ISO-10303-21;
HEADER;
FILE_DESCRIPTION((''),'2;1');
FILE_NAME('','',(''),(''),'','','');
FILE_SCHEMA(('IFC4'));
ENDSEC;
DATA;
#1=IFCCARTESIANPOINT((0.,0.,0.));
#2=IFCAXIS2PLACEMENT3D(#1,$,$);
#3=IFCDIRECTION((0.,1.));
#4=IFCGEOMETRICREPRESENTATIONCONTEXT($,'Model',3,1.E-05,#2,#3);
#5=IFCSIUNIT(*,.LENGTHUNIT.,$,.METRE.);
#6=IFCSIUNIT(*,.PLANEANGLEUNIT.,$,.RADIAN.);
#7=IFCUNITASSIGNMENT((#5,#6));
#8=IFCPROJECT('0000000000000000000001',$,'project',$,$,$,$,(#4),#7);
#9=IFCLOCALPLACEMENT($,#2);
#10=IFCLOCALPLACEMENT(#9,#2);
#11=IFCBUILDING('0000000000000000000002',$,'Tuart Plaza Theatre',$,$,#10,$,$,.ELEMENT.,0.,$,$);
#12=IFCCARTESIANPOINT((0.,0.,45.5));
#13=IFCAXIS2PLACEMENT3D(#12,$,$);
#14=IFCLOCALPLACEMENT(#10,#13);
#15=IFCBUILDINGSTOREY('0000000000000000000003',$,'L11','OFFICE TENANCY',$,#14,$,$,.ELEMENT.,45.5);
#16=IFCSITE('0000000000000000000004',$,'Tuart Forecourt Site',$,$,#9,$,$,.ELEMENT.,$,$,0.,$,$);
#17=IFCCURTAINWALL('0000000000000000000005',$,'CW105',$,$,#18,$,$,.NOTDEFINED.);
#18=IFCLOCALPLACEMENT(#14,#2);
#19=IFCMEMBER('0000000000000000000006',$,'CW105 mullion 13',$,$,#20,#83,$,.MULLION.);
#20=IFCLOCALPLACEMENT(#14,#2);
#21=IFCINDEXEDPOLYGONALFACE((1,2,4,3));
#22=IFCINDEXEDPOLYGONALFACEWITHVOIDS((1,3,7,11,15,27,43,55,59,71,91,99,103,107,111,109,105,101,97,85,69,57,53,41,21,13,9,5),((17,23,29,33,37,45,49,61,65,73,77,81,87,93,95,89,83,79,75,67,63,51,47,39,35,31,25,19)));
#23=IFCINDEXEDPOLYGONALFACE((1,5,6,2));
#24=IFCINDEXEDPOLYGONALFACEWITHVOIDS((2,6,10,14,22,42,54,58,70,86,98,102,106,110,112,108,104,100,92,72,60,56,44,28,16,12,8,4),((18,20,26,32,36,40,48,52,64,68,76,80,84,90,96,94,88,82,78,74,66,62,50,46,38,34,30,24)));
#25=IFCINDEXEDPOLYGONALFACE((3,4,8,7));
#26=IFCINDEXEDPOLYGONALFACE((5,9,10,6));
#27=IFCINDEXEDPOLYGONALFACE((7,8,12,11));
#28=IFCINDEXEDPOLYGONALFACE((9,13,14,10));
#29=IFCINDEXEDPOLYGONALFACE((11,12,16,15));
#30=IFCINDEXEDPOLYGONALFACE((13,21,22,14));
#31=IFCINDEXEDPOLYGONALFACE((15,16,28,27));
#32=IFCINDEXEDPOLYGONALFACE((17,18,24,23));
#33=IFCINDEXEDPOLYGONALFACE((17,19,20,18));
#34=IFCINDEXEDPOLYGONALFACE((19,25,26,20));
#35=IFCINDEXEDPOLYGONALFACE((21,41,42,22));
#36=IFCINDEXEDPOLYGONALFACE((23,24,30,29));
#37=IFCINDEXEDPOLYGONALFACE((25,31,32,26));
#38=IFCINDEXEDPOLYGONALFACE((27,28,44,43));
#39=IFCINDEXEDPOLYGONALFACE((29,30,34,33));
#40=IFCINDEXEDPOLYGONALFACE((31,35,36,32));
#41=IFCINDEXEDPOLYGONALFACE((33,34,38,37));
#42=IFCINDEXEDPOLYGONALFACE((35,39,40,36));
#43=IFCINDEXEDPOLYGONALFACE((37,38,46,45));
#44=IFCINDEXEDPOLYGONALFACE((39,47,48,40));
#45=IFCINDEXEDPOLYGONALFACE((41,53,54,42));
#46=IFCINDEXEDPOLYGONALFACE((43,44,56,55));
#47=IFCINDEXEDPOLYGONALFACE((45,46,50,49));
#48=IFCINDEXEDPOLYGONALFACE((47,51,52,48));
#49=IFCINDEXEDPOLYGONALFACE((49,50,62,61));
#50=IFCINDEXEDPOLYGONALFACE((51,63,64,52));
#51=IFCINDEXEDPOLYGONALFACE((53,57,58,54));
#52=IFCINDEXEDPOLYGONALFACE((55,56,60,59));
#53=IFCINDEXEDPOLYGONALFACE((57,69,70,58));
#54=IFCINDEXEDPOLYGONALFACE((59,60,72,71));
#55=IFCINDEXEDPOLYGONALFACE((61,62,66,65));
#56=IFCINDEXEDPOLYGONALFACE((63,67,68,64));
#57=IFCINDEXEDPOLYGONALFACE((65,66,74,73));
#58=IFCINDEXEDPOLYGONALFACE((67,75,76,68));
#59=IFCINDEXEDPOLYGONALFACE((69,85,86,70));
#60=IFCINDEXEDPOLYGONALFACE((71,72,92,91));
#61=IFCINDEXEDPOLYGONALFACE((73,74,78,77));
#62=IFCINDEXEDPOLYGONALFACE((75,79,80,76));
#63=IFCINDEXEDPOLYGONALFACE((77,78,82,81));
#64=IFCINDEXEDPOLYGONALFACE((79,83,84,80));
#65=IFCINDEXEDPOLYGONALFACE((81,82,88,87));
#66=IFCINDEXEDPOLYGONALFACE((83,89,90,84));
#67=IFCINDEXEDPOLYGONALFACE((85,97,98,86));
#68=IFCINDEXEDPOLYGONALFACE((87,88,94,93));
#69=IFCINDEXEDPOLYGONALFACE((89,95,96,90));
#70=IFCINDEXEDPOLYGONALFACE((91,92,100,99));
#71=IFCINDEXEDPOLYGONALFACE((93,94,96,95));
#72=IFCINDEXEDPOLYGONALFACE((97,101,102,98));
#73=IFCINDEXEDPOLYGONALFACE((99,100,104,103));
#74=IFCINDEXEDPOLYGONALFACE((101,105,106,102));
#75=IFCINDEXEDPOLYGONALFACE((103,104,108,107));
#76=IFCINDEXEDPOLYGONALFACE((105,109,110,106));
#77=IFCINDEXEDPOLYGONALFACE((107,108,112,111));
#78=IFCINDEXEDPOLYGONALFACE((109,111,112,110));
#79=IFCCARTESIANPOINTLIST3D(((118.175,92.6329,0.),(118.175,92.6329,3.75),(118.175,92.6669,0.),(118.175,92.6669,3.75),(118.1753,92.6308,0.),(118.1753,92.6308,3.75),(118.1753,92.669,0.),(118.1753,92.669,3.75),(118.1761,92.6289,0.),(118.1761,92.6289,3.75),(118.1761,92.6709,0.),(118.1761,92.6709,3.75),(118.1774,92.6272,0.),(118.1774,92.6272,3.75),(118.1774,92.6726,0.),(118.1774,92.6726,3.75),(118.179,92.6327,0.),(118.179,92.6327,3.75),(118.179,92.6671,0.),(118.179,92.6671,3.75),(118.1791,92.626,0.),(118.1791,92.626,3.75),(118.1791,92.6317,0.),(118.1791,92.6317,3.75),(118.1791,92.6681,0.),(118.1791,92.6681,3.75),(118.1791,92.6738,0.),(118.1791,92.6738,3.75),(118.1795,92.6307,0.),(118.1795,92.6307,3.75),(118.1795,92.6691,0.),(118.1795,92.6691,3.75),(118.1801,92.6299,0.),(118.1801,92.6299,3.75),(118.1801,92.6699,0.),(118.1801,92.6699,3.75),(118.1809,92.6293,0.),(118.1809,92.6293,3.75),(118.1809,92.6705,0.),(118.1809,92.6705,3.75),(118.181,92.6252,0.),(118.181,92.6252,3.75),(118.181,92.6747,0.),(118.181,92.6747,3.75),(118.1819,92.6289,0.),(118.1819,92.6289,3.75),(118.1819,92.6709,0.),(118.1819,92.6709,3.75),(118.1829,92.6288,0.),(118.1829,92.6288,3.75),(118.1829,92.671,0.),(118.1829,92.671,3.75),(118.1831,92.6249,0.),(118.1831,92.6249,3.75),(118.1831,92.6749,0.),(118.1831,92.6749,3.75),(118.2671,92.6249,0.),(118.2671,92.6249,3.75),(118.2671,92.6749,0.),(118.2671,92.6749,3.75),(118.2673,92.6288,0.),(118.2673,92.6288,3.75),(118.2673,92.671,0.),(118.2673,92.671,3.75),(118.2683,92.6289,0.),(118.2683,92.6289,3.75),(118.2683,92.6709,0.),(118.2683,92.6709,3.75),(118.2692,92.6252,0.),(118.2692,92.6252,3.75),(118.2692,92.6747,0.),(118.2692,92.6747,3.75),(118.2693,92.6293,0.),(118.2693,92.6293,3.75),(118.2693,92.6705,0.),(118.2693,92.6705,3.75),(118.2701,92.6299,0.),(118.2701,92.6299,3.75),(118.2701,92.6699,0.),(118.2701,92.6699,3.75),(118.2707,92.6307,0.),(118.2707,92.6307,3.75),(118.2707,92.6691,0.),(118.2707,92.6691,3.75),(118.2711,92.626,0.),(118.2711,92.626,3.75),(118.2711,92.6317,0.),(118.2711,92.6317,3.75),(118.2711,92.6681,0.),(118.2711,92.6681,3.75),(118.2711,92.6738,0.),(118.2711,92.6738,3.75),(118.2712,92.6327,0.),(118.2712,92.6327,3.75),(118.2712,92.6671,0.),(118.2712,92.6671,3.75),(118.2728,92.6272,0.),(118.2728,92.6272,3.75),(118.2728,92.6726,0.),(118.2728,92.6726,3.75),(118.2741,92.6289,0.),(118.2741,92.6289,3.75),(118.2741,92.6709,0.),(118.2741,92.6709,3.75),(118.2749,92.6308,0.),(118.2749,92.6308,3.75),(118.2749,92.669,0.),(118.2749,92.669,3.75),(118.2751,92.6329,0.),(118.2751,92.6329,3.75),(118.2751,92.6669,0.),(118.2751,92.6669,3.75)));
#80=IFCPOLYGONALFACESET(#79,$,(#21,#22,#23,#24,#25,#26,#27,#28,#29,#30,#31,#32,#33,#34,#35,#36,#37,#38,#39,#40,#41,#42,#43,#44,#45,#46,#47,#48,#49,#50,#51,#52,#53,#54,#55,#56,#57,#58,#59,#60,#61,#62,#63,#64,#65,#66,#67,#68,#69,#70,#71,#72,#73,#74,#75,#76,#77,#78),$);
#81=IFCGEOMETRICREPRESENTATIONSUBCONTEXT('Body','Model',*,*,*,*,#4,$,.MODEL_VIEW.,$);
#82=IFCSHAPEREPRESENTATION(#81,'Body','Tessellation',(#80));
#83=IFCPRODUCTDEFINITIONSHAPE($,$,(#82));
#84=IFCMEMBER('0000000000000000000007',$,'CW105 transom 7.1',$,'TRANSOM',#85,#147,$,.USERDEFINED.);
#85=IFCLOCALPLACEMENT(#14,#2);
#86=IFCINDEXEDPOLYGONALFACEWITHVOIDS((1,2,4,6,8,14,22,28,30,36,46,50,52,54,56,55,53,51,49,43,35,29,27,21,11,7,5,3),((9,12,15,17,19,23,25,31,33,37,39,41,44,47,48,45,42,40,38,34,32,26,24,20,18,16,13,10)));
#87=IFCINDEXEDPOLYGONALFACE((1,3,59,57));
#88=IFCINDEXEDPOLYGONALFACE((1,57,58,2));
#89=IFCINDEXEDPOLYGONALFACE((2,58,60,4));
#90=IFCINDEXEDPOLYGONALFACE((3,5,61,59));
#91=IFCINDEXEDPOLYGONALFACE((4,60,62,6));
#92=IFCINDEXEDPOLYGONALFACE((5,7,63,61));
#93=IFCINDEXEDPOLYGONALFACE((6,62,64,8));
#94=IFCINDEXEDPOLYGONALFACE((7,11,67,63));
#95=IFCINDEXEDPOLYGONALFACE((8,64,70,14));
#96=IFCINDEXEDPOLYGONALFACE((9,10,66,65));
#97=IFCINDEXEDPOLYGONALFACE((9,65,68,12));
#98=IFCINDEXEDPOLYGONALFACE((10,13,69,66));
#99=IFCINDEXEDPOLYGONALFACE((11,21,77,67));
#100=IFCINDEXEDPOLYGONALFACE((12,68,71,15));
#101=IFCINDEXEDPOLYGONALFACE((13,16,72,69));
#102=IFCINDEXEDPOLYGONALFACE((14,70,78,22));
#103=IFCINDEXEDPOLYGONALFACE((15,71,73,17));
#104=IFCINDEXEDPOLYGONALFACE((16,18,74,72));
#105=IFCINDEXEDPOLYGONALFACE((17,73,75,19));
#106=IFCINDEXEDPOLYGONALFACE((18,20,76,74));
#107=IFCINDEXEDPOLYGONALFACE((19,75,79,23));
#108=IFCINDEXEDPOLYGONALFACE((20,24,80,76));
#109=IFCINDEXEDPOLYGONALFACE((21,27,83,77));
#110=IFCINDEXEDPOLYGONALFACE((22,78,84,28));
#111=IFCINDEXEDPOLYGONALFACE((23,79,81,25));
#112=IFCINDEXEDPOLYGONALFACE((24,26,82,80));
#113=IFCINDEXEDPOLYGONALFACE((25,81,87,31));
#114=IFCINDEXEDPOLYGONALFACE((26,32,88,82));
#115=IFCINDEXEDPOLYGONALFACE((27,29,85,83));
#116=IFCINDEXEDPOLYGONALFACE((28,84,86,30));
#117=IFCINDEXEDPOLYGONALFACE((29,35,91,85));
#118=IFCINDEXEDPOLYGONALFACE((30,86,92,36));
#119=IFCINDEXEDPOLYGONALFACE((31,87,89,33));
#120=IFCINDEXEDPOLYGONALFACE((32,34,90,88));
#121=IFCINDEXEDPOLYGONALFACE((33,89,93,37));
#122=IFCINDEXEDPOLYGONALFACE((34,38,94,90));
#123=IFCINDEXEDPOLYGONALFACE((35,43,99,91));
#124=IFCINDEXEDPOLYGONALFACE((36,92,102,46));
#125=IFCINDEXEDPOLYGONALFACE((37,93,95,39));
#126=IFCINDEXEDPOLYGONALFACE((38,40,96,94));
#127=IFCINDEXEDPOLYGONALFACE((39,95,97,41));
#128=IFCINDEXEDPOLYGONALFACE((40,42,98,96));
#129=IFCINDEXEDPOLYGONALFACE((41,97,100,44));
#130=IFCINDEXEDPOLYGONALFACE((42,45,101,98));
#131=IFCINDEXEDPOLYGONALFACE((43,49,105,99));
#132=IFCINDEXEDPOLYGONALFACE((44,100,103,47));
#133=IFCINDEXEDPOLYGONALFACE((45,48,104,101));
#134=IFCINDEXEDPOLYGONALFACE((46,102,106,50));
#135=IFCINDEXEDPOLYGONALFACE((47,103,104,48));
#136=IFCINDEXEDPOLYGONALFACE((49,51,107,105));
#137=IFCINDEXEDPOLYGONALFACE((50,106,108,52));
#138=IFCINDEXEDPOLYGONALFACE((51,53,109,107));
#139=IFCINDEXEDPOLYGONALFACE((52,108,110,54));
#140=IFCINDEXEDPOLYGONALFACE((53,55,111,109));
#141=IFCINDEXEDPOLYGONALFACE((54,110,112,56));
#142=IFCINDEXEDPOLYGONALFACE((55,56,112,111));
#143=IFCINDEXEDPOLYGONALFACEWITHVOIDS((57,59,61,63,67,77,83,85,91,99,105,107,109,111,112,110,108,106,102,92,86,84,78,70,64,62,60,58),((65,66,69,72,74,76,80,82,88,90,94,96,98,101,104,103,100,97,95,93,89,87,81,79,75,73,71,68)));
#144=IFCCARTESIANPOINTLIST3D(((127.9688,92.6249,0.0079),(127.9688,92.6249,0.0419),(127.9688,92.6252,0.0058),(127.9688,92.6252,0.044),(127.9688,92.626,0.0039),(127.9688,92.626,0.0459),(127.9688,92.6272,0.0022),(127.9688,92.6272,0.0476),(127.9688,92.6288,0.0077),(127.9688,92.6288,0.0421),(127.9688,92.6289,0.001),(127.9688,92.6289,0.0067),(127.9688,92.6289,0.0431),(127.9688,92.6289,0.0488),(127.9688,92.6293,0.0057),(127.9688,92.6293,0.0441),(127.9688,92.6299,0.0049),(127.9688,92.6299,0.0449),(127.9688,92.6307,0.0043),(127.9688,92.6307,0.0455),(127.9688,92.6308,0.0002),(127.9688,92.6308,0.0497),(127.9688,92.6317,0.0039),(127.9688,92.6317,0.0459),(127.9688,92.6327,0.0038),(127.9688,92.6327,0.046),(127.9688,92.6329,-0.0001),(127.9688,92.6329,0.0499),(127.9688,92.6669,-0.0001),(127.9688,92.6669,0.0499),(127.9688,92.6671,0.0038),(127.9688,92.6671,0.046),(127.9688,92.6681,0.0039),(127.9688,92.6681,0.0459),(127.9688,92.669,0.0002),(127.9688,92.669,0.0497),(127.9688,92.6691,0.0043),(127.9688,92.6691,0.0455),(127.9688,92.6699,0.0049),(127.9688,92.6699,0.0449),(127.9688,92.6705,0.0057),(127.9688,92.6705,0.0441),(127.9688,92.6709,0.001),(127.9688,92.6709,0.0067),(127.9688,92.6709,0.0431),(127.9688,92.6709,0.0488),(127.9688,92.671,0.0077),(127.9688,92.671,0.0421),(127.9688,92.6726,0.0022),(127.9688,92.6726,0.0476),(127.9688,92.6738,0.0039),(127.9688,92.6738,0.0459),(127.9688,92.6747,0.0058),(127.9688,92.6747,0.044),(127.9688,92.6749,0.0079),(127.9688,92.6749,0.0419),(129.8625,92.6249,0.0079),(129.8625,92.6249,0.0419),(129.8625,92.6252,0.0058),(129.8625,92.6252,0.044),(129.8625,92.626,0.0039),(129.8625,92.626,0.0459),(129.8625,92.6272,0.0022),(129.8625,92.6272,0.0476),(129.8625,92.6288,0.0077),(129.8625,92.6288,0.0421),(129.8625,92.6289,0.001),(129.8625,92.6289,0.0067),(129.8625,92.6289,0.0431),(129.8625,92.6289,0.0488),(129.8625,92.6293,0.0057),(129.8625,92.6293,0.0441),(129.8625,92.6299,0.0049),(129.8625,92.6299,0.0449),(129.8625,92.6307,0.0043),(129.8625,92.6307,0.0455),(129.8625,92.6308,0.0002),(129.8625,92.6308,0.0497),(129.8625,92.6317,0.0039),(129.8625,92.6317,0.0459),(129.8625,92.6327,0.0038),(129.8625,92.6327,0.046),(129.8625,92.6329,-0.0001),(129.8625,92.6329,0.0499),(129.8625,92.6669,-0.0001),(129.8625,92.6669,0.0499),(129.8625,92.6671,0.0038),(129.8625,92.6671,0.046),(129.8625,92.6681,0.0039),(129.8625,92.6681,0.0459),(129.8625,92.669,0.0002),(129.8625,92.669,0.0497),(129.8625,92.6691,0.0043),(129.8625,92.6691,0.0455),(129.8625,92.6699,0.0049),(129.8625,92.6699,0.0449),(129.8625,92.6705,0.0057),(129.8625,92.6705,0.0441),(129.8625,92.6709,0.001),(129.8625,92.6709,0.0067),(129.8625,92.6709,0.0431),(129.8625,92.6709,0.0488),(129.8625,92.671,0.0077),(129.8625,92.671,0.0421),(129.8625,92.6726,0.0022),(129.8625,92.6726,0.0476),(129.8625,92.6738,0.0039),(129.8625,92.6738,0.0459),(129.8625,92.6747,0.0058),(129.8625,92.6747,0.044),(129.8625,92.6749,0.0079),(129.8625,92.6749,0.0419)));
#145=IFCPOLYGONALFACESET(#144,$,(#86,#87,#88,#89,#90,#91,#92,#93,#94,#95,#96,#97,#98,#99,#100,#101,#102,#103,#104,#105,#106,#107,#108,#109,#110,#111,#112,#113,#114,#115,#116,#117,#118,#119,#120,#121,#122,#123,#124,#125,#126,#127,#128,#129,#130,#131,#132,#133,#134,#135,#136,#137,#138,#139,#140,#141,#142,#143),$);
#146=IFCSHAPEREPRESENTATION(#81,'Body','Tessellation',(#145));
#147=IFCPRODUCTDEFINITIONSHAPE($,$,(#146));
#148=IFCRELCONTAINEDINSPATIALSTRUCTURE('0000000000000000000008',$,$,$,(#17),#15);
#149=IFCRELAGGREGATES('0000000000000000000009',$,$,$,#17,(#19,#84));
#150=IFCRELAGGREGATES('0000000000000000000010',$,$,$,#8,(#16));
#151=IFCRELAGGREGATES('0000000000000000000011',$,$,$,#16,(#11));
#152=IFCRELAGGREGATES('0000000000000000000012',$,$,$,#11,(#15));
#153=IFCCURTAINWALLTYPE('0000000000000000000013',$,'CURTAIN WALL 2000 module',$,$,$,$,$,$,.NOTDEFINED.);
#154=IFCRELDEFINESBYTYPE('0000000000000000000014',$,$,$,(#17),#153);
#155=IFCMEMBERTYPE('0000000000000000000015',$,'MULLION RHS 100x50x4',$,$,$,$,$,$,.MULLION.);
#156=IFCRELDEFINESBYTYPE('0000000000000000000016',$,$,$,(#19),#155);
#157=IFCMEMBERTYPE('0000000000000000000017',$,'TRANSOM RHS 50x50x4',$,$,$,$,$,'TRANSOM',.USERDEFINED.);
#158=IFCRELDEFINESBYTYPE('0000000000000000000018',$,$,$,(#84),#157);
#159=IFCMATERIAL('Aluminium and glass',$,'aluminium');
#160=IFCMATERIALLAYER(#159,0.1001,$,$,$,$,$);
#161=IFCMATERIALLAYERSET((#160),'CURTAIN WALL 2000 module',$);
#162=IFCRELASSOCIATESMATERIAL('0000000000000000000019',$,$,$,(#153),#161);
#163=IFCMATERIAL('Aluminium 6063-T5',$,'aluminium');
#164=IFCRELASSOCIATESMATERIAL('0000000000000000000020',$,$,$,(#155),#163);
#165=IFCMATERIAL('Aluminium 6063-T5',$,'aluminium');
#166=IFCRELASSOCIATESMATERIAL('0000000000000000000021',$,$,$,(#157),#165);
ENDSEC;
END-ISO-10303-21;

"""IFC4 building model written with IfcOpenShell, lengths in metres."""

from ifc_helpers import new_model, si_unit, direction, frame, origin, origin_2d, place, context, subcontext, project, spatial, hollow_rectangle, extrude, material, layer, layer_set, material_profile, profile_set, type_object, element, aggregate, save


model = new_model("IFC4")

# Units and contexts
model_context = context("Model", 3, precision=1e-05, world=origin(), true_north=direction((0.0, 1.0)))
body_context = subcontext(model_context, "Body", "Model", "MODEL_VIEW")
ifc_project = project(units=[si_unit("LENGTHUNIT", "METRE"), si_unit("PLANEANGLEUNIT", "RADIAN")], contexts=[model_context])

# Site, building, storey
site_placement = place(None, origin())
site = spatial("IfcSite", under=ifc_project, at=site_placement, Name="Tuart Forecourt Site", CompositionType="ELEMENT", RefElevation=0.0)
building_placement = place(site_placement, origin())
building = spatial("IfcBuilding", under=site, at=building_placement, Name="Tuart Plaza Theatre", CompositionType="ELEMENT", ElevationOfRefHeight=0.0)
storey_placement = place(building_placement, frame((0.0, 0.0, 45.5)))
storey = spatial("IfcBuildingStorey", under=building, at=storey_placement, Name="L11", Description="OFFICE TENANCY", CompositionType="ELEMENT", Elevation=45.5)

# Curtain wall, members
ifc_material_1 = material(Name="Aluminium and glass", Category="aluminium")
ifc_layer_1 = layer(ifc_material_1, 0.1001)
ifc_layer_set_1 = layer_set([ifc_layer_1], Name="CURTAIN WALL 2000 module")
curtain_wall_type = type_object("IfcCurtainWallType", Name="CURTAIN WALL 2000 module", PredefinedType="NOTDEFINED", material=ifc_layer_set_1)
curtain_wall_placement = place(storey_placement, origin())
curtain_wall = element("IfcCurtainWall", 1, at=curtain_wall_placement, inside=storey, type_object=curtain_wall_type, Name="CW105", PredefinedType="NOTDEFINED")
ifc_material_2 = material(Name="Aluminium 6063-T5", Category="aluminium")
ifc_material_profile_1 = material_profile(ifc_material_2, hollow_rectangle(XDim=0.05, YDim=0.1001, WallThickness=0.0039, InnerFilletRadius=0.0039, OuterFilletRadius=0.0081, at=origin_2d()), Name="RHS 100x50x4")
ifc_profile_set_1 = profile_set([ifc_material_profile_1], Name="Aluminium 6063-T5")
member_type_1 = type_object("IfcMemberType", Name="MULLION RHS 100x50x4", PredefinedType="MULLION", material=ifc_profile_set_1)
member_1_placement = place(storey_placement, frame((118.2251, 92.6499, 0.0), z_axis=(0.0, 0.0, 1.0), x_axis=(0.0, -1.0, 0.0)))
member_1 = element("IfcMember", 2, at=member_1_placement, type_object=member_type_1, Name="CW105 mullion 13", PredefinedType="MULLION", context=body_context, shape_type="SweptSolid", body=[
    extrude(hollow_rectangle(XDim=0.05, YDim=0.1001, WallThickness=0.0039, InnerFilletRadius=0.0039, OuterFilletRadius=0.0081, at=origin_2d()), origin(), (0.0, 0.0, 1.0), 3.75),
])
ifc_material_3 = material(Name="Aluminium 6063-T5", Category="aluminium")
ifc_material_profile_2 = material_profile(ifc_material_3, hollow_rectangle(XDim=0.05, YDim=0.05, WallThickness=0.0039, InnerFilletRadius=0.0039, OuterFilletRadius=0.0081, at=origin_2d()), Name="RHS 50x50x4")
ifc_profile_set_2 = profile_set([ifc_material_profile_2], Name="Aluminium 6063-T5")
member_type_2 = type_object("IfcMemberType", Name="TRANSOM RHS 50x50x4", ElementType="TRANSOM", PredefinedType="USERDEFINED", material=ifc_profile_set_2)
member_2_placement = place(storey_placement, frame((129.8625, 92.6499, 0.0249), z_axis=(-1.0, 0.0, 0.0), x_axis=(0.0, -1.0, 0.0)))
member_2 = element("IfcMember", 3, at=member_2_placement, type_object=member_type_2, Name="CW105 transom 7.1", ObjectType="TRANSOM", PredefinedType="USERDEFINED", context=body_context, shape_type="SweptSolid", body=[
    extrude(hollow_rectangle(XDim=0.05, YDim=0.05, WallThickness=0.0039, InnerFilletRadius=0.0039, OuterFilletRadius=0.0081, at=origin_2d()), origin(), (0.0, 0.0, 1.0), 1.8938),
])
aggregate(curtain_wall, [member_1, member_2])

save(model, "model.ifc")
